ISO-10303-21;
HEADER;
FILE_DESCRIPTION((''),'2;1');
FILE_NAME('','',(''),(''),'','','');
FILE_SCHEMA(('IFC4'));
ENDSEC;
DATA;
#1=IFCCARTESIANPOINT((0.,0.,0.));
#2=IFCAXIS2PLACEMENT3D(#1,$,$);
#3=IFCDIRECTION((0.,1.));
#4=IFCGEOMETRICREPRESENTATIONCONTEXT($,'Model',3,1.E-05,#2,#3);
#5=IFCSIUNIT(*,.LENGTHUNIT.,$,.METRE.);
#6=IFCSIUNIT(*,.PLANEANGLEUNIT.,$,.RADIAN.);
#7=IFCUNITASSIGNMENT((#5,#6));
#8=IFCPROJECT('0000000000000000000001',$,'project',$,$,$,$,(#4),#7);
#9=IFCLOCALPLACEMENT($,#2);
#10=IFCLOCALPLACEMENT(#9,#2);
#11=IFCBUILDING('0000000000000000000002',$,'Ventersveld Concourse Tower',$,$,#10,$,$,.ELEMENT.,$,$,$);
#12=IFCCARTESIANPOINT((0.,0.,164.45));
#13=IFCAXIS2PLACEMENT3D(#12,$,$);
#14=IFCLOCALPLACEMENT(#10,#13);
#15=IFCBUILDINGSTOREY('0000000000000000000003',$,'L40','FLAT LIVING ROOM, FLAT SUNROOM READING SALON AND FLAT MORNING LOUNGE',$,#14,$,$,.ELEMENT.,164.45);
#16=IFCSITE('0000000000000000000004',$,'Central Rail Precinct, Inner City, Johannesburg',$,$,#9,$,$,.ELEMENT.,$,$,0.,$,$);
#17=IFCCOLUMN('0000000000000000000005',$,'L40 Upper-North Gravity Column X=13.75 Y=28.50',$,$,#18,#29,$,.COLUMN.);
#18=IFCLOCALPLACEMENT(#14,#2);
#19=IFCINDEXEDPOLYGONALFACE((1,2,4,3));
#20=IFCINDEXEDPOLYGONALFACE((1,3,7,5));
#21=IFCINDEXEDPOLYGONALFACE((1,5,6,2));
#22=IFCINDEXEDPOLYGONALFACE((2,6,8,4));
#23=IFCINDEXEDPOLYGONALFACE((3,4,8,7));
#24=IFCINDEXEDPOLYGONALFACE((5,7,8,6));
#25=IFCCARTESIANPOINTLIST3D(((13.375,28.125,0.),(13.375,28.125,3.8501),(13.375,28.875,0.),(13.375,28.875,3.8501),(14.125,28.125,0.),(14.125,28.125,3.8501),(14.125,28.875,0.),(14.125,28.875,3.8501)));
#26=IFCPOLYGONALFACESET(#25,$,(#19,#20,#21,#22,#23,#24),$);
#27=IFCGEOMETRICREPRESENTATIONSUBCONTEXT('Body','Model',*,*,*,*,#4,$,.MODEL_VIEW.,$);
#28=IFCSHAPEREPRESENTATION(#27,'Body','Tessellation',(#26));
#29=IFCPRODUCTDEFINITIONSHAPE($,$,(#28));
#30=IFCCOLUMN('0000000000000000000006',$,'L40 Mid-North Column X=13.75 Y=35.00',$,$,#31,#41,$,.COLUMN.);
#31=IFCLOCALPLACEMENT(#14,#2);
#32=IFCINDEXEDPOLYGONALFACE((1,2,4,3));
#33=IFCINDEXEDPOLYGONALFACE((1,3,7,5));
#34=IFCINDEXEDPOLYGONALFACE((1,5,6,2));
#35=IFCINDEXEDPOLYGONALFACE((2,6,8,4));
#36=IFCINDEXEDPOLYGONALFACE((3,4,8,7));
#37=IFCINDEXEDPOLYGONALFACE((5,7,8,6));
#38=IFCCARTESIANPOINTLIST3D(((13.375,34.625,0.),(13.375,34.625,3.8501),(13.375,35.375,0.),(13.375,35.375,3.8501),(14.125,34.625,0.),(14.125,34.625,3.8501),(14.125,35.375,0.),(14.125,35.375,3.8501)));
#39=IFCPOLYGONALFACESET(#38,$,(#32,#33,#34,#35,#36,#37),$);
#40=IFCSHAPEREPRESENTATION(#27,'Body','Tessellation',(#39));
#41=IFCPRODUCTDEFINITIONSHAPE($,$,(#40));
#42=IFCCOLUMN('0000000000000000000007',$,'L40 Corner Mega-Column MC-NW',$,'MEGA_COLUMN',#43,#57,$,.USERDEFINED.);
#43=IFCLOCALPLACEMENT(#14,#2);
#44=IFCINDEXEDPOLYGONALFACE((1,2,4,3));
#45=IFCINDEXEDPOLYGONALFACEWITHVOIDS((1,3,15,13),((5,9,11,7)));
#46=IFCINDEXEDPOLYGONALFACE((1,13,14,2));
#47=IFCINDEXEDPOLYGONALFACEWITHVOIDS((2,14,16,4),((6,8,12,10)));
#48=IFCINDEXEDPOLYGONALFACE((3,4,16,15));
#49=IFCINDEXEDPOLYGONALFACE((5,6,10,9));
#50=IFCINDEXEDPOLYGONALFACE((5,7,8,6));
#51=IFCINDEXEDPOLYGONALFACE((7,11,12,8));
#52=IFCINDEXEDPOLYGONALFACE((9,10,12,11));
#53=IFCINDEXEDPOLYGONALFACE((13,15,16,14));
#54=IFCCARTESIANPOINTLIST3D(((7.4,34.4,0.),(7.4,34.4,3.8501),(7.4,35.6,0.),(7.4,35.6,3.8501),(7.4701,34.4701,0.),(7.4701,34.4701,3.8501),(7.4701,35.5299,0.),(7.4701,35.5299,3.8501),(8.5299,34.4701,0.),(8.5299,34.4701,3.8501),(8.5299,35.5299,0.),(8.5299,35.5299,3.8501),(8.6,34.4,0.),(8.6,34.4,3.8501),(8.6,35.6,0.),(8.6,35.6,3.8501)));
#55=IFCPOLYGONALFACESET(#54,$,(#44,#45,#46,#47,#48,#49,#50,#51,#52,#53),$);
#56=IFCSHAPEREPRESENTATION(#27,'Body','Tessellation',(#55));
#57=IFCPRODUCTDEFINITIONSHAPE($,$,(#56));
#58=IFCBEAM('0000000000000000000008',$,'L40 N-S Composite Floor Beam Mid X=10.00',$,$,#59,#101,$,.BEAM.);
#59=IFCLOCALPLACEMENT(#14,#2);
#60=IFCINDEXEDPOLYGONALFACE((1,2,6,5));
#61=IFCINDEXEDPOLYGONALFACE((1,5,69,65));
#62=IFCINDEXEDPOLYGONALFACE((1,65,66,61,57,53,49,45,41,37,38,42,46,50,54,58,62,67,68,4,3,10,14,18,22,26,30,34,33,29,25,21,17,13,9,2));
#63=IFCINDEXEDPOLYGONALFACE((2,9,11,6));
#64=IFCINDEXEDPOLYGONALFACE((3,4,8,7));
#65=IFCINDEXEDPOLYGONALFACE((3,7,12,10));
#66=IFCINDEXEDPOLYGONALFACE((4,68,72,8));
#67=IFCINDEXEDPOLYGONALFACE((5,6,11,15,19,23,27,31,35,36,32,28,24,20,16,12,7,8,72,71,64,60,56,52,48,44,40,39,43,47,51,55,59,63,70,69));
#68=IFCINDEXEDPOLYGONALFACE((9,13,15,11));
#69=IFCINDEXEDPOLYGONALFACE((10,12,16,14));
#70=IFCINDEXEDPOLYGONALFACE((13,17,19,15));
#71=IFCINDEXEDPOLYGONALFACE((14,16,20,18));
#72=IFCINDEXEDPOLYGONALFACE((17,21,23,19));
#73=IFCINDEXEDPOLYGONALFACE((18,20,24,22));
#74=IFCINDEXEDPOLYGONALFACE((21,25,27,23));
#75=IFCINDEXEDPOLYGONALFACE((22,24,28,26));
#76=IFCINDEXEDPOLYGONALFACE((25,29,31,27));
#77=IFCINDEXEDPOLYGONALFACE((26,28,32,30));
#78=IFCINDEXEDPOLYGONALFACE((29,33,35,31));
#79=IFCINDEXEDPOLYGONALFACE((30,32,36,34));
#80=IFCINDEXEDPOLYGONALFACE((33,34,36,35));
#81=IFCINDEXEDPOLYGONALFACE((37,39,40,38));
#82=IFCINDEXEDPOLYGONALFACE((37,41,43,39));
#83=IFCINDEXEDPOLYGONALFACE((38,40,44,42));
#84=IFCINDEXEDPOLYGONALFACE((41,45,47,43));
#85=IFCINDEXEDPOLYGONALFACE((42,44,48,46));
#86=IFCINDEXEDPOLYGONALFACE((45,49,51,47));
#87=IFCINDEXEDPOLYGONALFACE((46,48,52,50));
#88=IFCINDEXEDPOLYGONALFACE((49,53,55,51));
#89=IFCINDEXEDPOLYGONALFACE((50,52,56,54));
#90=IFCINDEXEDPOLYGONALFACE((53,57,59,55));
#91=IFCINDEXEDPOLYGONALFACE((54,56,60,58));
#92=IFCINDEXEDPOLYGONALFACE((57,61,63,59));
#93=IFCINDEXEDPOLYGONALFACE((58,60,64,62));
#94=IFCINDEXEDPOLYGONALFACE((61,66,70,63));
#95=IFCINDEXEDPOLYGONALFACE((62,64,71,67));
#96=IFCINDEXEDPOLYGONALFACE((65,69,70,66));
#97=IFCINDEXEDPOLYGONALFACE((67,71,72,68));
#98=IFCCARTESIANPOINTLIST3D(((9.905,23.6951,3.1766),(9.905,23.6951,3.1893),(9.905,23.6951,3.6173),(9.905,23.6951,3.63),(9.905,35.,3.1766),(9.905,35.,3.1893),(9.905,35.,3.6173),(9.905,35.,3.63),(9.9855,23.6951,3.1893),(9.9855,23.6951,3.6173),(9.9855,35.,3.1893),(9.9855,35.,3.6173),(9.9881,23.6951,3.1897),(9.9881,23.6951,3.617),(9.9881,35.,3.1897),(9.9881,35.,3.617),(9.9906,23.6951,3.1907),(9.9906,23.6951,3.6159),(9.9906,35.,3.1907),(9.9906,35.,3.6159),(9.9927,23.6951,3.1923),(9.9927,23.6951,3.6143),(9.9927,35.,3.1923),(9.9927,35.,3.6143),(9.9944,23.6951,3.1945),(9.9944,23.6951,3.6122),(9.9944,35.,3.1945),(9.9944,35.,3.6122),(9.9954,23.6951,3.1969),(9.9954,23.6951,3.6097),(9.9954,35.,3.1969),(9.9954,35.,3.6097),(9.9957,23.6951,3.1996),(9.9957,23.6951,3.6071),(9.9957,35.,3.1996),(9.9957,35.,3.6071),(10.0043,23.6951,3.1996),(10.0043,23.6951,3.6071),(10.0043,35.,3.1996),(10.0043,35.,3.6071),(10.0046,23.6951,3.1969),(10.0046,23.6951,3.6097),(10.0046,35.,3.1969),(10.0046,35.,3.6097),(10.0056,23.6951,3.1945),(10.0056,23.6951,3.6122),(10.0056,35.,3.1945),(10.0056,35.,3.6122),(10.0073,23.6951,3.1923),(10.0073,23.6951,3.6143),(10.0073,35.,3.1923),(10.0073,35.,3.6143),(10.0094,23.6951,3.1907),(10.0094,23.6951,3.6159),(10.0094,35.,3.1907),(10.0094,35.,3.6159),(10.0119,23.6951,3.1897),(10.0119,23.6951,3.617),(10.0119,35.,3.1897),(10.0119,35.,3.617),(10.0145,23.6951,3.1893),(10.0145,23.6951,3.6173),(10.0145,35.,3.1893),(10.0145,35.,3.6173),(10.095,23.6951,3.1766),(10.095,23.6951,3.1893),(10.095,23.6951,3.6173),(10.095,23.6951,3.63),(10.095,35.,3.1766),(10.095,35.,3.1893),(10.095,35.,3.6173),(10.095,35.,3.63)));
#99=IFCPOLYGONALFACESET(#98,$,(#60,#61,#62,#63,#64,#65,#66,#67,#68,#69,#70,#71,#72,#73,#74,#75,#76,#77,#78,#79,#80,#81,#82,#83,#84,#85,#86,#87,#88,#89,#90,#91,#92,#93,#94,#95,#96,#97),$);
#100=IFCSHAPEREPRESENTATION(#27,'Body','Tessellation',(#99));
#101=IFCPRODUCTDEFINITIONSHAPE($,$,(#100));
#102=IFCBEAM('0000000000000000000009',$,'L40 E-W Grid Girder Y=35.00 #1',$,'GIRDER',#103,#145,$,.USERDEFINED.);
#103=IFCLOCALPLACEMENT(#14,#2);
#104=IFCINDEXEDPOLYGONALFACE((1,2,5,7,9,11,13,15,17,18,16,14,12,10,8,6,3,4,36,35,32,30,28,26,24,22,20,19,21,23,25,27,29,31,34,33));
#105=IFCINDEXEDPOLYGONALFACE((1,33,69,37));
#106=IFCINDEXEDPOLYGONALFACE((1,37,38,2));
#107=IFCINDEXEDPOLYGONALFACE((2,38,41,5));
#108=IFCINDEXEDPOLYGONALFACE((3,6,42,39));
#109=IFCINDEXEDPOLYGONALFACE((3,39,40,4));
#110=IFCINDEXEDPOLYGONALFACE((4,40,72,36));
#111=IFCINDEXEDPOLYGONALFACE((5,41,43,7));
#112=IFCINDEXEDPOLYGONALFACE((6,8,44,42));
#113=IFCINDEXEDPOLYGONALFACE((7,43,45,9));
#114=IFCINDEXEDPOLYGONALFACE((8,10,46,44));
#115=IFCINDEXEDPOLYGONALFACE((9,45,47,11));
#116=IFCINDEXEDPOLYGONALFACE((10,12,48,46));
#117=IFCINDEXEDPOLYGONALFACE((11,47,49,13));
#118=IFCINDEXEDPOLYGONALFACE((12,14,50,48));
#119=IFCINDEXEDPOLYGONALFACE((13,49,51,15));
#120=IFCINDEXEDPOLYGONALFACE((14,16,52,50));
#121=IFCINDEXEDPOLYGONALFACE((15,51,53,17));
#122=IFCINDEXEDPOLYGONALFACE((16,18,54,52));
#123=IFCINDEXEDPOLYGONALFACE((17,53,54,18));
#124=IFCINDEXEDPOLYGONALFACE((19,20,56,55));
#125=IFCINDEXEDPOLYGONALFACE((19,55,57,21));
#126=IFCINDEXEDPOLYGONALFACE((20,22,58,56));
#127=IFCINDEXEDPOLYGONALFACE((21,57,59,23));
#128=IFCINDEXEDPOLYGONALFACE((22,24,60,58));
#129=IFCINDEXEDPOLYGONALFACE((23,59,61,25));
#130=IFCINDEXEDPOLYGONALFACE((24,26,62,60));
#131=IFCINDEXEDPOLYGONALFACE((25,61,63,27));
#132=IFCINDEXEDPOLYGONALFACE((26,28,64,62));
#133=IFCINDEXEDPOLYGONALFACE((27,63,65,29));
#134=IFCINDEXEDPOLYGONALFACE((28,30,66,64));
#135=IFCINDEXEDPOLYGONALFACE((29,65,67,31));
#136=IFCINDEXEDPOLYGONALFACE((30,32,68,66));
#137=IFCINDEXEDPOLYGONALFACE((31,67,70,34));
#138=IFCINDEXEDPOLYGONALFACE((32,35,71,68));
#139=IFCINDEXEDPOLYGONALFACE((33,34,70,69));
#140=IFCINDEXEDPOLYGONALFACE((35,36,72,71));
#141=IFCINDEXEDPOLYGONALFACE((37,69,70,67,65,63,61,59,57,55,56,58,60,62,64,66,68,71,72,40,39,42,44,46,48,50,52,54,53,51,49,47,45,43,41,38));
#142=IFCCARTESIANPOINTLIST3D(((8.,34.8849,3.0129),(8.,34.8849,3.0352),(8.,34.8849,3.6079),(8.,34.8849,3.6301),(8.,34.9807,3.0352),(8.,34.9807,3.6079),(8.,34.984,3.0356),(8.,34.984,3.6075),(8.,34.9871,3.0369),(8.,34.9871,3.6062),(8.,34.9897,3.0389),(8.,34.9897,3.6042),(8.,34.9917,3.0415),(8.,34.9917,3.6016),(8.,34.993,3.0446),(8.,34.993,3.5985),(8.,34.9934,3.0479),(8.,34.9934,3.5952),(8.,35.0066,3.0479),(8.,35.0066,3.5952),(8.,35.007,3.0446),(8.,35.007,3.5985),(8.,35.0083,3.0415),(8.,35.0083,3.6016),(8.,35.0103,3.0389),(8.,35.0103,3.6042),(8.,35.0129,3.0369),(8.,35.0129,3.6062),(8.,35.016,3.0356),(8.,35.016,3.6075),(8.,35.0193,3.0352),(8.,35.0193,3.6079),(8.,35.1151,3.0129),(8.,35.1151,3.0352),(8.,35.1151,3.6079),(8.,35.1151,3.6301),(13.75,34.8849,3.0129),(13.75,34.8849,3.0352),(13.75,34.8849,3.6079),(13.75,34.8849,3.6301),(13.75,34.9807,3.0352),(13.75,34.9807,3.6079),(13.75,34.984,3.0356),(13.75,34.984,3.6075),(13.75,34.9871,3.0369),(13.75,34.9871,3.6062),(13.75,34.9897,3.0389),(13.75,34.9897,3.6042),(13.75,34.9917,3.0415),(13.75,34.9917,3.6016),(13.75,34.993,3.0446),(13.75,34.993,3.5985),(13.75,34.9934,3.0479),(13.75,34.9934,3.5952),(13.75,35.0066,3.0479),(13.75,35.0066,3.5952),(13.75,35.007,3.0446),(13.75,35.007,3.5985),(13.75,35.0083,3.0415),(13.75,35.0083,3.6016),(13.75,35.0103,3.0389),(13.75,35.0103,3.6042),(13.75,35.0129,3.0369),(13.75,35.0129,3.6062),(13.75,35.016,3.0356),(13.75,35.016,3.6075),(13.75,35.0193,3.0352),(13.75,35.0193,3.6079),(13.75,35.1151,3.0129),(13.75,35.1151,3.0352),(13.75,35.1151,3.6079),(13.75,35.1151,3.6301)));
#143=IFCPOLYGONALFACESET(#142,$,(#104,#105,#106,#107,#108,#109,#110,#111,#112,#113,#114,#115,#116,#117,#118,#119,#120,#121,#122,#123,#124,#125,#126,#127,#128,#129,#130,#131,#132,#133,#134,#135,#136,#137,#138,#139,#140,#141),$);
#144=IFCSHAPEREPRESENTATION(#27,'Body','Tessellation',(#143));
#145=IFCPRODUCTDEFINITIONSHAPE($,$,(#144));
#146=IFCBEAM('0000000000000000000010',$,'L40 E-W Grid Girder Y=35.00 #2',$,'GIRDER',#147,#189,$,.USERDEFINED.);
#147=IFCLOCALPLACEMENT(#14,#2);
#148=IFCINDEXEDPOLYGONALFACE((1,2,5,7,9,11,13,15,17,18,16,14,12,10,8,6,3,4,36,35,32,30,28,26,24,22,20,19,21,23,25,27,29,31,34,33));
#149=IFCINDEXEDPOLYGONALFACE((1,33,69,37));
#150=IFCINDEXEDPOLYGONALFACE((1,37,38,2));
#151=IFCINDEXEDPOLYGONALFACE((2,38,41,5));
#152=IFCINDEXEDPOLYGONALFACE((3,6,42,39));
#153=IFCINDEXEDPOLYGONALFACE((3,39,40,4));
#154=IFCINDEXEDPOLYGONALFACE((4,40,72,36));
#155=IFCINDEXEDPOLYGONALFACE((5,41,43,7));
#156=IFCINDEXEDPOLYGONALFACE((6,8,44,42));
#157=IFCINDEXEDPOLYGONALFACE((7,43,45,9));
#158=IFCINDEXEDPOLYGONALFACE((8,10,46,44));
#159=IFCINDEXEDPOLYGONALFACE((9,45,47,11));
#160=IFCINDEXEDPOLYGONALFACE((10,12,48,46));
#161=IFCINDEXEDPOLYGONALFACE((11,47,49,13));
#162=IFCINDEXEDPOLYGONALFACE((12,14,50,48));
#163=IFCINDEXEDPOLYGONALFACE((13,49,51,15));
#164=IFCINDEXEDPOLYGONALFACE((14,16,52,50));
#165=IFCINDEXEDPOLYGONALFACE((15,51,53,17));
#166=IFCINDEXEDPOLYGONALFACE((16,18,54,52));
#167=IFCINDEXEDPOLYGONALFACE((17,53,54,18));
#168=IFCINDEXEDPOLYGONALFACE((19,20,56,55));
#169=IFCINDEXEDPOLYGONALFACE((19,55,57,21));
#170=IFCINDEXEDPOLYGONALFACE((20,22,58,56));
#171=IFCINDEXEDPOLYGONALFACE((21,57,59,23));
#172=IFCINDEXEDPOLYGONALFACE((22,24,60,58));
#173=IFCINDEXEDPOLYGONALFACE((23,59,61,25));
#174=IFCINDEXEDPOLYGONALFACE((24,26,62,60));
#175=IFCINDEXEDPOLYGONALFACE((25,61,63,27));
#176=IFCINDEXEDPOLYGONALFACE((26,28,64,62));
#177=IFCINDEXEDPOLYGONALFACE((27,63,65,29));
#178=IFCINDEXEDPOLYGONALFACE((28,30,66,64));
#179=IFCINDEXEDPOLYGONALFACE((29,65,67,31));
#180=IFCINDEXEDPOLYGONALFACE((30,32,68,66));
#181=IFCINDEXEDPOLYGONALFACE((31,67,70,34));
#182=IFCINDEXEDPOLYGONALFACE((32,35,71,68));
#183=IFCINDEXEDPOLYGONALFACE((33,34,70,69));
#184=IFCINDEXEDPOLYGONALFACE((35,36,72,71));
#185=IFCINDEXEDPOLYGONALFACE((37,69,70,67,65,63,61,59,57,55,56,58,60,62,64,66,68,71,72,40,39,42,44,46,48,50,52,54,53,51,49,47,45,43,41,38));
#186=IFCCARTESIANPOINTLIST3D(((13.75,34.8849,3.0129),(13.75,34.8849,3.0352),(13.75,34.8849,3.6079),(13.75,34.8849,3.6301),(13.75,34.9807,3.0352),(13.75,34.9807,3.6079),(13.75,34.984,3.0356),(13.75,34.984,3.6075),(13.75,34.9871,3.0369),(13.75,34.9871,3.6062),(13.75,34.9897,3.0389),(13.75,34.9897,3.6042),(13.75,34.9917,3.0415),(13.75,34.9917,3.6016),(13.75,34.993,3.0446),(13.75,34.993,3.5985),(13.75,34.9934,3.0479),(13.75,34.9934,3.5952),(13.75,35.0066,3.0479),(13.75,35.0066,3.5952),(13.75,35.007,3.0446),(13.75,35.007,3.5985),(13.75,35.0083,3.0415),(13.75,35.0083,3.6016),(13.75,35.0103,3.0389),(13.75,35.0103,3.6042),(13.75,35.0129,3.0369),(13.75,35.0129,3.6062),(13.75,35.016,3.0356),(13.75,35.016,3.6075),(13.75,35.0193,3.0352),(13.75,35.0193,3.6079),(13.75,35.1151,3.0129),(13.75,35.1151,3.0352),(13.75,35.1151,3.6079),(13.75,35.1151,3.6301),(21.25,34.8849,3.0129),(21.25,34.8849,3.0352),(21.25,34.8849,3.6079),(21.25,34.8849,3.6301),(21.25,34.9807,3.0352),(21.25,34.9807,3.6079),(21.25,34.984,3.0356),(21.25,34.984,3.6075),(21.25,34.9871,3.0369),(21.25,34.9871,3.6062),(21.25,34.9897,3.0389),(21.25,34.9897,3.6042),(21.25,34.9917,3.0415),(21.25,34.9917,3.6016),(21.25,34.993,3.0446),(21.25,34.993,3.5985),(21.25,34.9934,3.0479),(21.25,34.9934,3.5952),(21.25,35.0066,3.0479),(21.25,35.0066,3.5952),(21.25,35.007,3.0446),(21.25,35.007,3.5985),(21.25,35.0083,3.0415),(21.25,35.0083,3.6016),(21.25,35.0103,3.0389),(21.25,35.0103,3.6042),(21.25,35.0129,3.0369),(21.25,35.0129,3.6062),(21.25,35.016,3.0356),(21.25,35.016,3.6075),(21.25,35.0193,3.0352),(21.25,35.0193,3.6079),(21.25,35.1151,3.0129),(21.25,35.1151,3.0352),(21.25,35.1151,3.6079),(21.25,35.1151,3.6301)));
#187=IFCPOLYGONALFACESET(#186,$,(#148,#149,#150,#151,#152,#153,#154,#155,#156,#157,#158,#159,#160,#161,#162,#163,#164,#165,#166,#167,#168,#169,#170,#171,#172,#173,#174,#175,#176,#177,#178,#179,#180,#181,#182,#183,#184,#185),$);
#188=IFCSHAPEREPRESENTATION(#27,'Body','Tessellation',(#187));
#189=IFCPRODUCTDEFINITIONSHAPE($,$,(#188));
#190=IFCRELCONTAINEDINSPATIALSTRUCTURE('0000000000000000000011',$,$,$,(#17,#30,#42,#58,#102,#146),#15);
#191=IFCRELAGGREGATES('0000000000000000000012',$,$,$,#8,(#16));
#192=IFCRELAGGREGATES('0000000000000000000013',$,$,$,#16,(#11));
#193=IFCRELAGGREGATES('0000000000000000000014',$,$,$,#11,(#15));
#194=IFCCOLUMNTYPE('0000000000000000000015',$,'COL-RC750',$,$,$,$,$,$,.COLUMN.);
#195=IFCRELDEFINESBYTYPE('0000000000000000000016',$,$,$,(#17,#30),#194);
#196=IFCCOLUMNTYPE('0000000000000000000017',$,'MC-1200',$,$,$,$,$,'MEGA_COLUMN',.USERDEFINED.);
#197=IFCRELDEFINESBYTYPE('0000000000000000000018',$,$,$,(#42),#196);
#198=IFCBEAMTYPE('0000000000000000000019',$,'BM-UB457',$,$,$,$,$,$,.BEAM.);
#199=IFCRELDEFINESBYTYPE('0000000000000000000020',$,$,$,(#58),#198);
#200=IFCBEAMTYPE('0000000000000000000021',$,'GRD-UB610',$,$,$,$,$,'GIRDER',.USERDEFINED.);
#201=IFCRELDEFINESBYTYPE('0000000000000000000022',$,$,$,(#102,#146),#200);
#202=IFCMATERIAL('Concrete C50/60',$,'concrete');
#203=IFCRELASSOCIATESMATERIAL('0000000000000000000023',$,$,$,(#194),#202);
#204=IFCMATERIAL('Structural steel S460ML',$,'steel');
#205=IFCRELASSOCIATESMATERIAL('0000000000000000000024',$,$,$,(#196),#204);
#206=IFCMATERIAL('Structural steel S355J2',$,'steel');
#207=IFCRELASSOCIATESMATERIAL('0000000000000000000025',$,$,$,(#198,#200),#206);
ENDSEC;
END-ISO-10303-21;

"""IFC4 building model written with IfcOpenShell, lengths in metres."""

from ifc_helpers import new_model, si_unit, direction, frame, origin, origin_2d, place, context, subcontext, project, spatial, rectangle, hollow_rectangle, i_section, extrude, material, material_profile, profile_set, type_object, element, save


model = new_model("IFC4")

# Units and contexts
model_context = context("Model", 3, precision=1e-05, world=origin(), true_north=direction((0.0, 1.0)))
body_context = subcontext(model_context, "Body", "Model", "MODEL_VIEW")
ifc_project = project(units=[si_unit("LENGTHUNIT", "METRE"), si_unit("PLANEANGLEUNIT", "RADIAN")], contexts=[model_context])

# Site, building, storey
site_placement = place(None, origin())
site = spatial("IfcSite", under=ifc_project, at=site_placement, Name="Central Rail Precinct, Inner City, Johannesburg", CompositionType="ELEMENT", RefElevation=0.0)
building_placement = place(site_placement, origin())
building = spatial("IfcBuilding", under=site, at=building_placement, Name="Ventersveld Concourse Tower", CompositionType="ELEMENT")
storey_placement = place(building_placement, frame((0.0, 0.0, 164.45)))
storey = spatial("IfcBuildingStorey", under=building, at=storey_placement, Name="L40", Description="FLAT LIVING ROOM, FLAT SUNROOM READING SALON AND FLAT MORNING LOUNGE", CompositionType="ELEMENT", Elevation=164.45)

# Columns
ifc_material_1 = material(Name="Concrete C50/60", Category="concrete")
ifc_material_profile_1 = material_profile(ifc_material_1, rectangle(XDim=0.75, YDim=0.75, at=origin_2d()), Name="RC 750x750")
ifc_profile_set_1 = profile_set([ifc_material_profile_1], Name="Concrete C50/60")
column_type_1 = type_object("IfcColumnType", Name="COL-RC750", PredefinedType="COLUMN", material=ifc_profile_set_1)
for number, where, z_axis, x_axis, name in (
    (1, (13.75, 28.5, 0.0), (0.0, 0.0, 1.0), (1.0, 0.0, 0.0), "L40 Upper-North Gravity Column X=13.75 Y=28.50"),
    (2, (13.75, 35.0, 0.0), (0.0, 0.0, 1.0), (1.0, 0.0, 0.0), "L40 Mid-North Column X=13.75 Y=35.00"),
):
    element("IfcColumn", number, at=place(storey_placement, frame(where, z_axis=z_axis, x_axis=x_axis)), inside=storey, type_object=column_type_1, Name=name, PredefinedType="COLUMN", context=body_context, shape_type="SweptSolid", body=[
        extrude(rectangle(XDim=0.75, YDim=0.75, at=origin_2d()), origin(), (0.0, 0.0, 1.0), 3.8501),
    ])
ifc_material_2 = material(Name="Structural steel S460ML", Category="steel")
ifc_material_profile_2 = material_profile(ifc_material_2, hollow_rectangle(XDim=1.2, YDim=1.2, WallThickness=0.0701, at=origin_2d()), Name="BOX 1200x1200x70")
ifc_profile_set_2 = profile_set([ifc_material_profile_2], Name="Structural steel S460ML")
column_type_2 = type_object("IfcColumnType", Name="MC-1200", ElementType="MEGA_COLUMN", PredefinedType="USERDEFINED", material=ifc_profile_set_2)
column_placement = place(storey_placement, frame((8.0, 35.0, 0.0), z_axis=(0.0, 0.0, 1.0), x_axis=(1.0, 0.0, 0.0)))
element("IfcColumn", 3, at=column_placement, inside=storey, type_object=column_type_2, Name="L40 Corner Mega-Column MC-NW", ObjectType="MEGA_COLUMN", PredefinedType="USERDEFINED", context=body_context, shape_type="SweptSolid", body=[
    extrude(hollow_rectangle(XDim=1.2, YDim=1.2, WallThickness=0.0701, at=origin_2d()), origin(), (0.0, 0.0, 1.0), 3.8501),
])

# Beams
ifc_material_3 = material(Name="Structural steel S355J2", Category="steel")
ifc_material_profile_3 = material_profile(ifc_material_3, i_section(OverallWidth=0.1899, OverallDepth=0.4534, WebThickness=0.0085, FlangeThickness=0.0127, FilletRadius=0.0103, at=origin_2d()), Name="UB 457x191x67")
ifc_profile_set_3 = profile_set([ifc_material_profile_3], Name="Structural steel S355J2")
beam_type_1 = type_object("IfcBeamType", Name="BM-UB457", PredefinedType="BEAM", material=ifc_profile_set_3)
beam_1_placement = place(storey_placement, frame((10.0, 23.6951, 3.4033), z_axis=(0.0, 1.0, 0.0), x_axis=(-1.0, 0.0, 0.0)))
element("IfcBeam", 4, at=beam_1_placement, inside=storey, type_object=beam_type_1, Name="L40 N-S Composite Floor Beam Mid X=10.00", PredefinedType="BEAM", context=body_context, shape_type="SweptSolid", body=[
    extrude(i_section(OverallWidth=0.1899, OverallDepth=0.4534, WebThickness=0.0085, FlangeThickness=0.0127, FilletRadius=0.0103, at=origin_2d()), origin(), (0.0, 0.0, 1.0), 11.3049),
])
ifc_material_profile_4 = material_profile(ifc_material_3, i_section(OverallWidth=0.2302, OverallDepth=0.6172, WebThickness=0.0132, FlangeThickness=0.0222, FilletRadius=0.0127, at=origin_2d()), Name="UB 610x229x140")
ifc_profile_set_4 = profile_set([ifc_material_profile_4], Name="Structural steel S355J2")
beam_type_2 = type_object("IfcBeamType", Name="GRD-UB610", ElementType="GIRDER", PredefinedType="USERDEFINED", material=ifc_profile_set_4)
beam_2_placement = place(storey_placement, frame((8.0, 35.0, 3.3215), z_axis=(1.0, 0.0, 0.0), x_axis=(0.0, 1.0, 0.0)))
element("IfcBeam", 5, at=beam_2_placement, inside=storey, type_object=beam_type_2, Name="L40 E-W Grid Girder Y=35.00 #1", ObjectType="GIRDER", PredefinedType="USERDEFINED", context=body_context, shape_type="SweptSolid", body=[
    extrude(i_section(OverallWidth=0.2302, OverallDepth=0.6172, WebThickness=0.0132, FlangeThickness=0.0222, FilletRadius=0.0127, at=origin_2d()), origin(), (0.0, 0.0, 1.0), 5.75),
])
beam_3_placement = place(storey_placement, frame((13.75, 35.0, 3.3215), z_axis=(1.0, 0.0, 0.0), x_axis=(0.0, 1.0, 0.0)))
element("IfcBeam", 6, at=beam_3_placement, inside=storey, type_object=beam_type_2, Name="L40 E-W Grid Girder Y=35.00 #2", ObjectType="GIRDER", PredefinedType="USERDEFINED", context=body_context, shape_type="SweptSolid", body=[
    extrude(i_section(OverallWidth=0.2302, OverallDepth=0.6172, WebThickness=0.0132, FlangeThickness=0.0222, FilletRadius=0.0127, at=origin_2d()), origin(), (0.0, 0.0, 1.0), 7.5),
])

save(model, "model.ifc")
